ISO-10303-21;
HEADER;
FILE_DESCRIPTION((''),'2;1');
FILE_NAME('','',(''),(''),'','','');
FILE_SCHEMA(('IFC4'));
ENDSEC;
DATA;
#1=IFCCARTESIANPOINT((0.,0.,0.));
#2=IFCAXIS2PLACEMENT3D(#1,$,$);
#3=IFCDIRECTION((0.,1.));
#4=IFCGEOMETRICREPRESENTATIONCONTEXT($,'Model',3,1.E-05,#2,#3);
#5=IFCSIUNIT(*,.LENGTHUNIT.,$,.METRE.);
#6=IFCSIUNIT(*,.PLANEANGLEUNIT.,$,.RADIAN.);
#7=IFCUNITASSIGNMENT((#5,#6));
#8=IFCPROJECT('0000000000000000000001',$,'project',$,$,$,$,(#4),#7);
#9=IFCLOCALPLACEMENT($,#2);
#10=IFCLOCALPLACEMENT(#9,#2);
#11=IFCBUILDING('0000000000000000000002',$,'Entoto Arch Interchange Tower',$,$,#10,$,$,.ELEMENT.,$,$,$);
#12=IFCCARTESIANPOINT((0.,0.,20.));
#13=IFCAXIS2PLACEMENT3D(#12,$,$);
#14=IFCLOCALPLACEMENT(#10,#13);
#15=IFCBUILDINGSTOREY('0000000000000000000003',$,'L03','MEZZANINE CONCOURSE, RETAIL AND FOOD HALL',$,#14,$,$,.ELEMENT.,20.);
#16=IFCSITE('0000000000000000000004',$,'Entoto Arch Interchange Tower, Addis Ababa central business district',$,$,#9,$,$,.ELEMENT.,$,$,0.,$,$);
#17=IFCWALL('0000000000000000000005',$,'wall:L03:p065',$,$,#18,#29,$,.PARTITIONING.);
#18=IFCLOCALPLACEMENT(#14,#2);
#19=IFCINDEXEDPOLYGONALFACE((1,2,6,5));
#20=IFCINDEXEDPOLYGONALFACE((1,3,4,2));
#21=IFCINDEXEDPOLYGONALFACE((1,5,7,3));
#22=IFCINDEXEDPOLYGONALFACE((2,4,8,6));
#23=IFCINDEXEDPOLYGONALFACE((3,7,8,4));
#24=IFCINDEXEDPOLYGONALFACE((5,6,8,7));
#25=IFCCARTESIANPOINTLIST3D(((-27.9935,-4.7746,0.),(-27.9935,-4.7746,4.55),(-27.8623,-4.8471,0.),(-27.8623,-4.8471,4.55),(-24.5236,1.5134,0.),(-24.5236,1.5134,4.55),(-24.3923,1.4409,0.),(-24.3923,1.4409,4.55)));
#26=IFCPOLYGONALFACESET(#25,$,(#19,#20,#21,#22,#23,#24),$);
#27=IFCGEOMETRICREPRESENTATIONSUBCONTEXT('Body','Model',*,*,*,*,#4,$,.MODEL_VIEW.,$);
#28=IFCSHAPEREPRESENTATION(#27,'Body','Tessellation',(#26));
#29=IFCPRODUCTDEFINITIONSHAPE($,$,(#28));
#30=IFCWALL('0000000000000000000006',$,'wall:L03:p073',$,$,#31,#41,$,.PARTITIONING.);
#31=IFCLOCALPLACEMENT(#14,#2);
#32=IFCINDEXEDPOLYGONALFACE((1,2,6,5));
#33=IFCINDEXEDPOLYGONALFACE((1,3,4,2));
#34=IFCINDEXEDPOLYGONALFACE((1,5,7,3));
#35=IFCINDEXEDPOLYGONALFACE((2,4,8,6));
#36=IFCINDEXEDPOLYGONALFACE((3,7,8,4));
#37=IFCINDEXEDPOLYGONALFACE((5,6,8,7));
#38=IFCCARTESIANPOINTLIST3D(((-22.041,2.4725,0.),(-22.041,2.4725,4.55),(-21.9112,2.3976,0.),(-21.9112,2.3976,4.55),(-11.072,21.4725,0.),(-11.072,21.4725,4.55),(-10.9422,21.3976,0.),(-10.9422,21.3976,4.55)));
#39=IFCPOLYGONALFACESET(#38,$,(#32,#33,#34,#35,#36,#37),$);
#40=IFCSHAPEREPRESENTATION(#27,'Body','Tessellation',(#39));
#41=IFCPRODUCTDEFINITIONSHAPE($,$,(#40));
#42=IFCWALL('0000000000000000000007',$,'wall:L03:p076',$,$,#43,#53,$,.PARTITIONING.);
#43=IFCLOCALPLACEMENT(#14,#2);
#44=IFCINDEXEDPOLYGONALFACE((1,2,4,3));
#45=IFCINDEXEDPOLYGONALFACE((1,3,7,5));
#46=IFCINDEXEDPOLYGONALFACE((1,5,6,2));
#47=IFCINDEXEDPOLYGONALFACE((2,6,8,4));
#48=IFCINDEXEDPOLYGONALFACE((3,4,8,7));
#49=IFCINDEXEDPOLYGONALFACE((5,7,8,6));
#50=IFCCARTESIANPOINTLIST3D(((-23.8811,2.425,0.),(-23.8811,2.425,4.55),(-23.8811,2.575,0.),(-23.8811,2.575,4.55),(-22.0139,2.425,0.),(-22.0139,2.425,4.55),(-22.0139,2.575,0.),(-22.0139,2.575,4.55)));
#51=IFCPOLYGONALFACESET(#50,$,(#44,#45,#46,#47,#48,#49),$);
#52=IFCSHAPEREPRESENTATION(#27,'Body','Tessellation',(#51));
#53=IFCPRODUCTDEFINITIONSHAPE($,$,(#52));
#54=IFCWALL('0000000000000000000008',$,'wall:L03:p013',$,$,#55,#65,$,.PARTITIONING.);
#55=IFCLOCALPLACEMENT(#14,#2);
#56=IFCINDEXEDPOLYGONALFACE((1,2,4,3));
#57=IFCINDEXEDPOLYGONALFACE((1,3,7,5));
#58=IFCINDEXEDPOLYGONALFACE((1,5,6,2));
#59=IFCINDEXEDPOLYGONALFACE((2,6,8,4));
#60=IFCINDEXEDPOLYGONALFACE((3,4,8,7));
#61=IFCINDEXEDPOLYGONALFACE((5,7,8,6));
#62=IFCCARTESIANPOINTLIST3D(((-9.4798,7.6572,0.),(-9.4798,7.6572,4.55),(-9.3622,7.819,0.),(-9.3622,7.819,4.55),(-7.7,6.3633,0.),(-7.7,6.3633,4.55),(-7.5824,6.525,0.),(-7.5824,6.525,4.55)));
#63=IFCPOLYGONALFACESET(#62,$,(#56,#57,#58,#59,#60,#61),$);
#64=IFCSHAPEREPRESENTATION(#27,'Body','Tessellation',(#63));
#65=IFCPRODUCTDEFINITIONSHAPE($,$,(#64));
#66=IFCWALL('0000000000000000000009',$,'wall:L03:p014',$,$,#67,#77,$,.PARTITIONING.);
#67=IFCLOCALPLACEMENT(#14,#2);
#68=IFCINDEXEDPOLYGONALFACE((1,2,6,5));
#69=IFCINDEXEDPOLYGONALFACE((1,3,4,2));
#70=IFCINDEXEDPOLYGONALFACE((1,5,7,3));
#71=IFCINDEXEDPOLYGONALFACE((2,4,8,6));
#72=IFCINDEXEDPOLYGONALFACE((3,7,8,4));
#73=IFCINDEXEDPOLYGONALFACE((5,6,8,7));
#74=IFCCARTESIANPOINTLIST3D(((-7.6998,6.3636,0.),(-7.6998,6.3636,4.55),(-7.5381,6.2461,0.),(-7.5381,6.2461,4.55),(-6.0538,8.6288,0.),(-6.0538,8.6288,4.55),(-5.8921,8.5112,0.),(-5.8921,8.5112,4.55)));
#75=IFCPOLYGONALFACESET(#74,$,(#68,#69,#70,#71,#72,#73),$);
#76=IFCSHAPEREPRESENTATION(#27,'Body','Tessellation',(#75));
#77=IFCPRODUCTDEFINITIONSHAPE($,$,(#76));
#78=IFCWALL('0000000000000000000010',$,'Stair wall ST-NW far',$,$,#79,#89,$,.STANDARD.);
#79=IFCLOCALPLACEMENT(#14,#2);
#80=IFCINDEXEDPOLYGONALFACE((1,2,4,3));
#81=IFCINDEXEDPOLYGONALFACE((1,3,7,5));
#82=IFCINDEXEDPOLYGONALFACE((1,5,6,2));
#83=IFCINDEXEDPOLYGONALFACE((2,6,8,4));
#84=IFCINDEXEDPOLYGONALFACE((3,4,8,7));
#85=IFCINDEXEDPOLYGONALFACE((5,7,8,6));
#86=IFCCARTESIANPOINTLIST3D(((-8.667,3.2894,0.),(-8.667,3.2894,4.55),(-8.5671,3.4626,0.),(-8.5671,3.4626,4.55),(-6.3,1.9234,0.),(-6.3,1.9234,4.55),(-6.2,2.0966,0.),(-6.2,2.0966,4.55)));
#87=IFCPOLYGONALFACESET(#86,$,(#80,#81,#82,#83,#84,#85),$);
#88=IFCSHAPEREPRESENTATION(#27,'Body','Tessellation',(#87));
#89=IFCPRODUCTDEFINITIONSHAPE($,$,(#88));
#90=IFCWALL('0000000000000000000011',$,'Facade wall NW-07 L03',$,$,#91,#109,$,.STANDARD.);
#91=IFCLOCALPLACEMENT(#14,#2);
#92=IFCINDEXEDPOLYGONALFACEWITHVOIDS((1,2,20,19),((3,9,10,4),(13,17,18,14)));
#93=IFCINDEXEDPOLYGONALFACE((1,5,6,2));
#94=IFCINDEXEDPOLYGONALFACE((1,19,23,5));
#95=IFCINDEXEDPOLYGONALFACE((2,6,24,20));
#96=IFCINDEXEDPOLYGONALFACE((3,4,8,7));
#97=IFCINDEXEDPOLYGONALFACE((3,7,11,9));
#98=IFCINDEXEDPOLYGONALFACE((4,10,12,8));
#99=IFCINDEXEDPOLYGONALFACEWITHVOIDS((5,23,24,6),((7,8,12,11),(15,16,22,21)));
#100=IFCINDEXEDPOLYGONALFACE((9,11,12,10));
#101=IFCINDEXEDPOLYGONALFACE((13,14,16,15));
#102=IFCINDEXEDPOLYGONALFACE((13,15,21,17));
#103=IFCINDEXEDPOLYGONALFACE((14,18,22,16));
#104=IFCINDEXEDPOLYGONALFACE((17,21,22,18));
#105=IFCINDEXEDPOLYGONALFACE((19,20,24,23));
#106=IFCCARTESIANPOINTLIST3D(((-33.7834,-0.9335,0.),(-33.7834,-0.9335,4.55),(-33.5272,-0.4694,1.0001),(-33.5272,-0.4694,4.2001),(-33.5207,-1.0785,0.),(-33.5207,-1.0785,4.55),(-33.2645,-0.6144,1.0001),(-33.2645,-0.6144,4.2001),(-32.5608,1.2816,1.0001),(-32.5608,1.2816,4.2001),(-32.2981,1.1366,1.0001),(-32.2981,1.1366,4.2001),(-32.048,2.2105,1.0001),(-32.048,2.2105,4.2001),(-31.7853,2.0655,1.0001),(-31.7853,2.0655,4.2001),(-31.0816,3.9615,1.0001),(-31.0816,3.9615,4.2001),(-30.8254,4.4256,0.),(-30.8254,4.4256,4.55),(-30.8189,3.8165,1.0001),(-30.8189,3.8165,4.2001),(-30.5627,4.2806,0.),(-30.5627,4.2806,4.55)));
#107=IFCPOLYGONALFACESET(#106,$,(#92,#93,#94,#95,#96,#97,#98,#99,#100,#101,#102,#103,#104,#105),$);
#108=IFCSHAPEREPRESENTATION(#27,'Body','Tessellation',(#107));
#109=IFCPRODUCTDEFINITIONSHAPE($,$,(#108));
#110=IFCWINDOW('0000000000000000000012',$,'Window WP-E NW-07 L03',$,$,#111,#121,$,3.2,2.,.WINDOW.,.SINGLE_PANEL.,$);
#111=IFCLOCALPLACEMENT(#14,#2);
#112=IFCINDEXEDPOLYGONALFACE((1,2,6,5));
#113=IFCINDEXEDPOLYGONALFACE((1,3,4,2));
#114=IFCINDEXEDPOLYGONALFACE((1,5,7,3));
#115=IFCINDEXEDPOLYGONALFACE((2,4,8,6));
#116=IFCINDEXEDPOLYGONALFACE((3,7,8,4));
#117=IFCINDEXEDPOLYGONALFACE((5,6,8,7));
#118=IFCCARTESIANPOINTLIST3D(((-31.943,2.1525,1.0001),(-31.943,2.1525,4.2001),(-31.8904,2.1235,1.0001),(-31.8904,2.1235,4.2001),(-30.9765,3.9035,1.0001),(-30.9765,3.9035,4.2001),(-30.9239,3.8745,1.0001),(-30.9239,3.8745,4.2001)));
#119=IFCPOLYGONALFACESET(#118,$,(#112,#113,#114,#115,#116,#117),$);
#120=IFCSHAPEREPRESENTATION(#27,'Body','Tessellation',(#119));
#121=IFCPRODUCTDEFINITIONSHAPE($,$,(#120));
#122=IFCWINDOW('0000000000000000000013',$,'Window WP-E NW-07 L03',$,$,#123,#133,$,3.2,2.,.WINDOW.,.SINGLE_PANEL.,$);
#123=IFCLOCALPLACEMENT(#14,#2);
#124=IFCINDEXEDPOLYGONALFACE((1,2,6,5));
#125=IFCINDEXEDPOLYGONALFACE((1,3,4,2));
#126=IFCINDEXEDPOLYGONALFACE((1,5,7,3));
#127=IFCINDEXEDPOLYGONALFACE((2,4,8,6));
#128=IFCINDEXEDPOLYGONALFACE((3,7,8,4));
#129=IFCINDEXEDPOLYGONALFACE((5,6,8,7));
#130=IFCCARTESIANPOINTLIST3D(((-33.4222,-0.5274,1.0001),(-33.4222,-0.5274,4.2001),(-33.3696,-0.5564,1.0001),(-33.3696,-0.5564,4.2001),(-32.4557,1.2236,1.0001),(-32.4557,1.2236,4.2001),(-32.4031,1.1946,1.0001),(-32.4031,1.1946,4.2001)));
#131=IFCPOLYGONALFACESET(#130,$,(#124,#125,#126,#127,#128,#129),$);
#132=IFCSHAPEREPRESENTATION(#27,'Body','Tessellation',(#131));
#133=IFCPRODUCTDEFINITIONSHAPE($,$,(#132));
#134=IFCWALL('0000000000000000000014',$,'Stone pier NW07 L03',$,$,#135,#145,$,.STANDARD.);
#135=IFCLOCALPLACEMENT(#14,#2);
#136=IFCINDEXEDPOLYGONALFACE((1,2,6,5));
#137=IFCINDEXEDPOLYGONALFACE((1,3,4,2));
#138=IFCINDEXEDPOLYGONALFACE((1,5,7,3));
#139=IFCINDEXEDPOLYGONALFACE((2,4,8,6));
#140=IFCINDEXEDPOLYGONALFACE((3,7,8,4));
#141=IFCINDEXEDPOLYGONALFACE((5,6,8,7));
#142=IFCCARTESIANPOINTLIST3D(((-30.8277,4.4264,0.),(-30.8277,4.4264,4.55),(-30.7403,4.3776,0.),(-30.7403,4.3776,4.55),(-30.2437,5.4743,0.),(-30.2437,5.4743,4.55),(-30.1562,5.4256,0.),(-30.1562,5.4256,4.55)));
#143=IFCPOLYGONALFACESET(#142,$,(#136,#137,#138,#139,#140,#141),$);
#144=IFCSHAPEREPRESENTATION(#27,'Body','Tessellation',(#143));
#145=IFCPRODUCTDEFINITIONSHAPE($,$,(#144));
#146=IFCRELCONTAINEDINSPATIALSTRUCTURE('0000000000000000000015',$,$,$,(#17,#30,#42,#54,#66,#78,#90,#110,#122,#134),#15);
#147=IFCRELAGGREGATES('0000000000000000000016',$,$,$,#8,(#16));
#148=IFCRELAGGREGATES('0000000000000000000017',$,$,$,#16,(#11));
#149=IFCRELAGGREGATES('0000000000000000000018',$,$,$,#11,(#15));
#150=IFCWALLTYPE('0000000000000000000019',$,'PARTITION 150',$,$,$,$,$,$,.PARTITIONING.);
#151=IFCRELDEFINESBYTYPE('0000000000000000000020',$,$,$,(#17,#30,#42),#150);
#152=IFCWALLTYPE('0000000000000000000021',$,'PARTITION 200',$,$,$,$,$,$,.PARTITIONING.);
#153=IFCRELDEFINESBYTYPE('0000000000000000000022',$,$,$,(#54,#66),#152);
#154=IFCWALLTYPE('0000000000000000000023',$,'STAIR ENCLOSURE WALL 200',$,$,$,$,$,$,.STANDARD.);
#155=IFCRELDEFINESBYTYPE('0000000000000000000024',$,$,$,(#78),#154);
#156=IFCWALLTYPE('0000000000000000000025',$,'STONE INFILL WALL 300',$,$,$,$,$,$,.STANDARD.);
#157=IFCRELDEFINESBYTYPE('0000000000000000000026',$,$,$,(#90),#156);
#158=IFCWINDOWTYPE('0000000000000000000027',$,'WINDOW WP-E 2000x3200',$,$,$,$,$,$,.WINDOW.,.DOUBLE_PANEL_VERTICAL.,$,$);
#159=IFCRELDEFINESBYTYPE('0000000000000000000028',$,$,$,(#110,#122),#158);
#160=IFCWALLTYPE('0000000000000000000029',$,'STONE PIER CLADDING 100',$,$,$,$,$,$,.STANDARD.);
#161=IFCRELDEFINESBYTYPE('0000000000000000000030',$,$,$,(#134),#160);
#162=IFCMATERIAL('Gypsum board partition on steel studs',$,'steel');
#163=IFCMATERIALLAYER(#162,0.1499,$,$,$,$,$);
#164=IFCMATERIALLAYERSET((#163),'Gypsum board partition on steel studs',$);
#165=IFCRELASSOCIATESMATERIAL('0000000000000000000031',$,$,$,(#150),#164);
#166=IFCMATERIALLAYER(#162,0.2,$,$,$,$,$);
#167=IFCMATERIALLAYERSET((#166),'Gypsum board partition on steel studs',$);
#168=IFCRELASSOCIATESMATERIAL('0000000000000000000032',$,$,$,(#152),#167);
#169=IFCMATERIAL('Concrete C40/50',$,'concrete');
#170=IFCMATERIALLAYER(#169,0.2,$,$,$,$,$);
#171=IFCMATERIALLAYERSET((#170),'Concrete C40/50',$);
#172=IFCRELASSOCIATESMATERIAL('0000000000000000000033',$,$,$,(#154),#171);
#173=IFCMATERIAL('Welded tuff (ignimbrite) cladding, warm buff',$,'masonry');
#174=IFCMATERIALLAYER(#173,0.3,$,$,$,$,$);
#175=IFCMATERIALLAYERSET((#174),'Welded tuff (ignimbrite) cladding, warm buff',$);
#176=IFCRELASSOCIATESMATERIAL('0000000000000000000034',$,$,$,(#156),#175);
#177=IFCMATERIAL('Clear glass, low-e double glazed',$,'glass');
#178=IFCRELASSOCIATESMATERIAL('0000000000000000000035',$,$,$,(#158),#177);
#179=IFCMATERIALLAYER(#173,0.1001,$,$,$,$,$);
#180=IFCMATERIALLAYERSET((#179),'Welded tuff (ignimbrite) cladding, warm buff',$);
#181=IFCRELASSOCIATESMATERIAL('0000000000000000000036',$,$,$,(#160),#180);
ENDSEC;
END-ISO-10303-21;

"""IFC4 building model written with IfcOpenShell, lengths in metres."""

from ifc_helpers import new_model, si_unit, direction, frame, frame_2d, origin, place, context, subcontext, project, spatial, rectangle, extrude, material, layer, layer_set, type_object, element, fill, save


model = new_model("IFC4")

# Units and contexts
model_context = context("Model", 3, precision=1e-05, world=origin(), true_north=direction((0.0, 1.0)))
body_context = subcontext(model_context, "Body", "Model", "MODEL_VIEW")
ifc_project = project(units=[si_unit("LENGTHUNIT", "METRE"), si_unit("PLANEANGLEUNIT", "RADIAN")], contexts=[model_context])

# Site, building, storey
site_placement = place(None, origin())
site = spatial("IfcSite", under=ifc_project, at=site_placement, Name="Entoto Arch Interchange Tower, Addis Ababa central business district", CompositionType="ELEMENT", RefElevation=0.0)
building_placement = place(site_placement, origin())
building = spatial("IfcBuilding", under=site, at=building_placement, Name="Entoto Arch Interchange Tower", CompositionType="ELEMENT")
storey_placement = place(building_placement, frame((0.0, 0.0, 20.0)))
storey = spatial("IfcBuildingStorey", under=building, at=storey_placement, Name="L03", Description="MEZZANINE CONCOURSE, RETAIL AND FOOD HALL", CompositionType="ELEMENT", Elevation=20.0)

# Shared definitions
ifc_material_1 = material(Name="Concrete C40/50", Category="concrete")

# Walls
ifc_material_2 = material(Name="Gypsum board partition on steel studs", Category="steel")
ifc_layer_1 = layer(ifc_material_2, 0.1499)
ifc_layer_set_1 = layer_set([ifc_layer_1], Name="Gypsum board partition on steel studs")
wall_type_1 = type_object("IfcWallType", Name="PARTITION 150", PredefinedType="PARTITIONING", material=ifc_layer_set_1)
wall_1_placement = place(storey_placement, frame((-24.458, 1.4771, 0.0), z_axis=(0.0, 0.0, 1.0), x_axis=(-0.48315, -0.875538, 0.0)))
element("IfcWall", 1, at=wall_1_placement, inside=storey, type_object=wall_type_1, Name="wall:L03:p065", PredefinedType="PARTITIONING", context=body_context, shape_type="SweptSolid", body=[
    extrude(rectangle(XDim=7.1819, YDim=0.1499, at=frame_2d((3.5908, 0.0))), origin(), (0.0, 0.0, 1.0), 4.55),
])
wall_2_placement = place(storey_placement, frame((-21.9761, 2.4351, 0.0), z_axis=(0.0, 0.0, 1.0), x_axis=(0.499977, 0.866038, 0.0)))
element("IfcWall", 2, at=wall_2_placement, inside=storey, type_object=wall_type_1, Name="wall:L03:p073", PredefinedType="PARTITIONING", context=body_context, shape_type="SweptSolid", body=[
    extrude(rectangle(XDim=21.939, YDim=0.1499, at=frame_2d((10.9695, 0.0))), origin(), (0.0, 0.0, 1.0), 4.55),
])
wall_3_placement = place(storey_placement, frame((-23.8811, 2.5, 0.0), z_axis=(0.0, 0.0, 1.0), x_axis=(1.0, 0.0, 0.0)))
element("IfcWall", 3, at=wall_3_placement, inside=storey, type_object=wall_type_1, Name="wall:L03:p076", PredefinedType="PARTITIONING", context=body_context, shape_type="SweptSolid", body=[
    extrude(rectangle(XDim=1.8672, YDim=0.1499, at=frame_2d((0.9336, 0.0))), origin(), (0.0, 0.0, 1.0), 4.55),
])
ifc_layer_2 = layer(ifc_material_2, 0.2)
ifc_layer_set_2 = layer_set([ifc_layer_2], Name="Gypsum board partition on steel studs")
wall_type_2 = type_object("IfcWallType", Name="PARTITION 200", PredefinedType="PARTITIONING", material=ifc_layer_set_2)
wall_4_placement = place(storey_placement, frame((-9.4209, 7.738, 0.0), z_axis=(0.0, 0.0, 1.0), x_axis=(0.808832, -0.58804, 0.0)))
element("IfcWall", 4, at=wall_4_placement, inside=storey, type_object=wall_type_2, Name="wall:L03:p013", PredefinedType="PARTITIONING", context=body_context, shape_type="SweptSolid", body=[
    extrude(rectangle(XDim=2.2004, YDim=0.2, at=frame_2d((1.1001, 0.0))), origin(), (0.0, 0.0, 1.0), 4.55),
])
wall_5_placement = place(storey_placement, frame((-7.6189, 6.3049, 0.0), z_axis=(0.0, 0.0, 1.0), x_axis=(0.58785, 0.80897, 0.0)))
element("IfcWall", 5, at=wall_5_placement, inside=storey, type_object=wall_type_2, Name="wall:L03:p014", PredefinedType="PARTITIONING", context=body_context, shape_type="SweptSolid", body=[
    extrude(rectangle(XDim=2.8, YDim=0.2, at=frame_2d((1.3999, 0.0))), origin(), (0.0, 0.0, 1.0), 4.55),
])
ifc_layer_3 = layer(ifc_material_1, 0.2)
ifc_layer_set_3 = layer_set([ifc_layer_3], Name="Concrete C40/50")
wall_type_3 = type_object("IfcWallType", Name="STAIR ENCLOSURE WALL 200", PredefinedType="STANDARD", material=ifc_layer_set_3)
wall_6_placement = place(storey_placement, frame((-6.25, 2.01, 0.0), z_axis=(0.0, 0.0, 1.0), x_axis=(-0.866119, 0.499838, 0.0)))
element("IfcWall", 6, at=wall_6_placement, inside=storey, type_object=wall_type_3, Name="Stair wall ST-NW far", PredefinedType="STANDARD", context=body_context, shape_type="SweptSolid", body=[
    extrude(rectangle(XDim=2.7329, YDim=0.2, at=frame_2d((1.3665, 0.0))), origin(), (0.0, 0.0, 1.0), 4.55),
])

# Wall, openings, windows
ifc_material_3 = material(Name="Welded tuff (ignimbrite) cladding, warm buff", Category="masonry")
ifc_layer_4 = layer(ifc_material_3, 0.3)
ifc_layer_set_4 = layer_set([ifc_layer_4], Name="Welded tuff (ignimbrite) cladding, warm buff")
wall_type_4 = type_object("IfcWallType", Name="STONE INFILL WALL 300", PredefinedType="STANDARD", material=ifc_layer_set_4)
wall_7_placement = place(storey_placement, frame((-30.6941, 4.353, 0.0), z_axis=(0.0, 0.0, 1.0), x_axis=(-0.483233, -0.875492, 0.0)))
wall_7 = element("IfcWall", 7, at=wall_7_placement, inside=storey, type_object=wall_type_4, Name="Facade wall NW-07 L03", PredefinedType="STANDARD", context=body_context, shape_type="SweptSolid", body=[
    extrude(rectangle(XDim=6.1213, YDim=0.3, at=frame_2d((3.0605, 0.0))), origin(), (0.0, 0.0, 1.0), 4.55),
])
opening_1_placement = place(wall_7_placement, frame((0.53, 0.0, 1.0)))
opening_1 = element("IfcOpeningElement", 8, at=opening_1_placement, cuts=wall_7, PredefinedType="OPENING", context=body_context, shape_type="SweptSolid", body=[
    extrude(rectangle(XDim=2.0, YDim=3.2, at=frame_2d((1.0, 1.6001))), frame((0.0, 0.1602, 0.0), z_axis=(0.0, -1.0, 0.0), x_axis=(1.0, 0.0, 0.0)), (0.0, 0.0, 1.0), 0.3201),
])
opening_2_placement = place(wall_7_placement, frame((3.5911, 0.0, 1.0)))
opening_2 = element("IfcOpeningElement", 9, at=opening_2_placement, cuts=wall_7, PredefinedType="OPENING", context=body_context, shape_type="SweptSolid", body=[
    extrude(rectangle(XDim=2.0, YDim=3.2, at=frame_2d((1.0, 1.6001))), frame((0.0, 0.1602, 0.0), z_axis=(0.0, -1.0, 0.0), x_axis=(1.0, 0.0, 0.0)), (0.0, 0.0, 1.0), 0.3201),
])
ifc_material_4 = material(Name="Clear glass, low-e double glazed", Category="glass")
window_type = type_object("IfcWindowType", Name="WINDOW WP-E 2000x3200", PartitioningType="DOUBLE_PANEL_VERTICAL", PredefinedType="WINDOW", material=ifc_material_4)
window_1_placement = place(opening_1_placement, origin())
window_1 = element("IfcWindow", 10, at=window_1_placement, inside=storey, type_object=window_type, Name="Window WP-E NW-07 L03", OverallHeight=3.2, OverallWidth=2.0, PartitioningType="SINGLE_PANEL", PredefinedType="WINDOW", context=body_context, shape_type="SweptSolid", body=[
    extrude(rectangle(XDim=2.0, YDim=3.2, at=frame_2d((1.0, 1.6001))), frame((0.0, 0.03, 0.0), z_axis=(0.0, -1.0, 0.0), x_axis=(1.0, 0.0, 0.0)), (0.0, 0.0, 1.0), 0.0601),
])
fill(opening_1, window_1)
window_2_placement = place(opening_2_placement, origin())
window_2 = element("IfcWindow", 11, at=window_2_placement, inside=storey, type_object=window_type, Name="Window WP-E NW-07 L03", OverallHeight=3.2, OverallWidth=2.0, PartitioningType="SINGLE_PANEL", PredefinedType="WINDOW", context=body_context, shape_type="SweptSolid", body=[
    extrude(rectangle(XDim=2.0, YDim=3.2, at=frame_2d((1.0, 1.6001))), frame((0.0, 0.03, 0.0), z_axis=(0.0, -1.0, 0.0), x_axis=(1.0, 0.0, 0.0)), (0.0, 0.0, 1.0), 0.0601),
])
fill(opening_2, window_2)

# Wall
ifc_layer_5 = layer(ifc_material_3, 0.1001)
ifc_layer_set_5 = layer_set([ifc_layer_5], Name="Welded tuff (ignimbrite) cladding, warm buff")
wall_type_5 = type_object("IfcWallType", Name="STONE PIER CLADDING 100", PredefinedType="STANDARD", material=ifc_layer_set_5)
wall_8_placement = place(storey_placement, frame((-30.2, 5.45, 0.0), z_axis=(0.0, 0.0, 1.0), x_axis=(-0.486818, -0.873504, 0.0)))
element("IfcWall", 12, at=wall_8_placement, inside=storey, type_object=wall_type_5, Name="Stone pier NW07 L03", PredefinedType="STANDARD", context=body_context, shape_type="SweptSolid", body=[
    extrude(rectangle(XDim=1.1997, YDim=0.1001, at=frame_2d((0.5999, 0.0))), origin(), (0.0, 0.0, 1.0), 4.55),
])

save(model, "model.ifc")
